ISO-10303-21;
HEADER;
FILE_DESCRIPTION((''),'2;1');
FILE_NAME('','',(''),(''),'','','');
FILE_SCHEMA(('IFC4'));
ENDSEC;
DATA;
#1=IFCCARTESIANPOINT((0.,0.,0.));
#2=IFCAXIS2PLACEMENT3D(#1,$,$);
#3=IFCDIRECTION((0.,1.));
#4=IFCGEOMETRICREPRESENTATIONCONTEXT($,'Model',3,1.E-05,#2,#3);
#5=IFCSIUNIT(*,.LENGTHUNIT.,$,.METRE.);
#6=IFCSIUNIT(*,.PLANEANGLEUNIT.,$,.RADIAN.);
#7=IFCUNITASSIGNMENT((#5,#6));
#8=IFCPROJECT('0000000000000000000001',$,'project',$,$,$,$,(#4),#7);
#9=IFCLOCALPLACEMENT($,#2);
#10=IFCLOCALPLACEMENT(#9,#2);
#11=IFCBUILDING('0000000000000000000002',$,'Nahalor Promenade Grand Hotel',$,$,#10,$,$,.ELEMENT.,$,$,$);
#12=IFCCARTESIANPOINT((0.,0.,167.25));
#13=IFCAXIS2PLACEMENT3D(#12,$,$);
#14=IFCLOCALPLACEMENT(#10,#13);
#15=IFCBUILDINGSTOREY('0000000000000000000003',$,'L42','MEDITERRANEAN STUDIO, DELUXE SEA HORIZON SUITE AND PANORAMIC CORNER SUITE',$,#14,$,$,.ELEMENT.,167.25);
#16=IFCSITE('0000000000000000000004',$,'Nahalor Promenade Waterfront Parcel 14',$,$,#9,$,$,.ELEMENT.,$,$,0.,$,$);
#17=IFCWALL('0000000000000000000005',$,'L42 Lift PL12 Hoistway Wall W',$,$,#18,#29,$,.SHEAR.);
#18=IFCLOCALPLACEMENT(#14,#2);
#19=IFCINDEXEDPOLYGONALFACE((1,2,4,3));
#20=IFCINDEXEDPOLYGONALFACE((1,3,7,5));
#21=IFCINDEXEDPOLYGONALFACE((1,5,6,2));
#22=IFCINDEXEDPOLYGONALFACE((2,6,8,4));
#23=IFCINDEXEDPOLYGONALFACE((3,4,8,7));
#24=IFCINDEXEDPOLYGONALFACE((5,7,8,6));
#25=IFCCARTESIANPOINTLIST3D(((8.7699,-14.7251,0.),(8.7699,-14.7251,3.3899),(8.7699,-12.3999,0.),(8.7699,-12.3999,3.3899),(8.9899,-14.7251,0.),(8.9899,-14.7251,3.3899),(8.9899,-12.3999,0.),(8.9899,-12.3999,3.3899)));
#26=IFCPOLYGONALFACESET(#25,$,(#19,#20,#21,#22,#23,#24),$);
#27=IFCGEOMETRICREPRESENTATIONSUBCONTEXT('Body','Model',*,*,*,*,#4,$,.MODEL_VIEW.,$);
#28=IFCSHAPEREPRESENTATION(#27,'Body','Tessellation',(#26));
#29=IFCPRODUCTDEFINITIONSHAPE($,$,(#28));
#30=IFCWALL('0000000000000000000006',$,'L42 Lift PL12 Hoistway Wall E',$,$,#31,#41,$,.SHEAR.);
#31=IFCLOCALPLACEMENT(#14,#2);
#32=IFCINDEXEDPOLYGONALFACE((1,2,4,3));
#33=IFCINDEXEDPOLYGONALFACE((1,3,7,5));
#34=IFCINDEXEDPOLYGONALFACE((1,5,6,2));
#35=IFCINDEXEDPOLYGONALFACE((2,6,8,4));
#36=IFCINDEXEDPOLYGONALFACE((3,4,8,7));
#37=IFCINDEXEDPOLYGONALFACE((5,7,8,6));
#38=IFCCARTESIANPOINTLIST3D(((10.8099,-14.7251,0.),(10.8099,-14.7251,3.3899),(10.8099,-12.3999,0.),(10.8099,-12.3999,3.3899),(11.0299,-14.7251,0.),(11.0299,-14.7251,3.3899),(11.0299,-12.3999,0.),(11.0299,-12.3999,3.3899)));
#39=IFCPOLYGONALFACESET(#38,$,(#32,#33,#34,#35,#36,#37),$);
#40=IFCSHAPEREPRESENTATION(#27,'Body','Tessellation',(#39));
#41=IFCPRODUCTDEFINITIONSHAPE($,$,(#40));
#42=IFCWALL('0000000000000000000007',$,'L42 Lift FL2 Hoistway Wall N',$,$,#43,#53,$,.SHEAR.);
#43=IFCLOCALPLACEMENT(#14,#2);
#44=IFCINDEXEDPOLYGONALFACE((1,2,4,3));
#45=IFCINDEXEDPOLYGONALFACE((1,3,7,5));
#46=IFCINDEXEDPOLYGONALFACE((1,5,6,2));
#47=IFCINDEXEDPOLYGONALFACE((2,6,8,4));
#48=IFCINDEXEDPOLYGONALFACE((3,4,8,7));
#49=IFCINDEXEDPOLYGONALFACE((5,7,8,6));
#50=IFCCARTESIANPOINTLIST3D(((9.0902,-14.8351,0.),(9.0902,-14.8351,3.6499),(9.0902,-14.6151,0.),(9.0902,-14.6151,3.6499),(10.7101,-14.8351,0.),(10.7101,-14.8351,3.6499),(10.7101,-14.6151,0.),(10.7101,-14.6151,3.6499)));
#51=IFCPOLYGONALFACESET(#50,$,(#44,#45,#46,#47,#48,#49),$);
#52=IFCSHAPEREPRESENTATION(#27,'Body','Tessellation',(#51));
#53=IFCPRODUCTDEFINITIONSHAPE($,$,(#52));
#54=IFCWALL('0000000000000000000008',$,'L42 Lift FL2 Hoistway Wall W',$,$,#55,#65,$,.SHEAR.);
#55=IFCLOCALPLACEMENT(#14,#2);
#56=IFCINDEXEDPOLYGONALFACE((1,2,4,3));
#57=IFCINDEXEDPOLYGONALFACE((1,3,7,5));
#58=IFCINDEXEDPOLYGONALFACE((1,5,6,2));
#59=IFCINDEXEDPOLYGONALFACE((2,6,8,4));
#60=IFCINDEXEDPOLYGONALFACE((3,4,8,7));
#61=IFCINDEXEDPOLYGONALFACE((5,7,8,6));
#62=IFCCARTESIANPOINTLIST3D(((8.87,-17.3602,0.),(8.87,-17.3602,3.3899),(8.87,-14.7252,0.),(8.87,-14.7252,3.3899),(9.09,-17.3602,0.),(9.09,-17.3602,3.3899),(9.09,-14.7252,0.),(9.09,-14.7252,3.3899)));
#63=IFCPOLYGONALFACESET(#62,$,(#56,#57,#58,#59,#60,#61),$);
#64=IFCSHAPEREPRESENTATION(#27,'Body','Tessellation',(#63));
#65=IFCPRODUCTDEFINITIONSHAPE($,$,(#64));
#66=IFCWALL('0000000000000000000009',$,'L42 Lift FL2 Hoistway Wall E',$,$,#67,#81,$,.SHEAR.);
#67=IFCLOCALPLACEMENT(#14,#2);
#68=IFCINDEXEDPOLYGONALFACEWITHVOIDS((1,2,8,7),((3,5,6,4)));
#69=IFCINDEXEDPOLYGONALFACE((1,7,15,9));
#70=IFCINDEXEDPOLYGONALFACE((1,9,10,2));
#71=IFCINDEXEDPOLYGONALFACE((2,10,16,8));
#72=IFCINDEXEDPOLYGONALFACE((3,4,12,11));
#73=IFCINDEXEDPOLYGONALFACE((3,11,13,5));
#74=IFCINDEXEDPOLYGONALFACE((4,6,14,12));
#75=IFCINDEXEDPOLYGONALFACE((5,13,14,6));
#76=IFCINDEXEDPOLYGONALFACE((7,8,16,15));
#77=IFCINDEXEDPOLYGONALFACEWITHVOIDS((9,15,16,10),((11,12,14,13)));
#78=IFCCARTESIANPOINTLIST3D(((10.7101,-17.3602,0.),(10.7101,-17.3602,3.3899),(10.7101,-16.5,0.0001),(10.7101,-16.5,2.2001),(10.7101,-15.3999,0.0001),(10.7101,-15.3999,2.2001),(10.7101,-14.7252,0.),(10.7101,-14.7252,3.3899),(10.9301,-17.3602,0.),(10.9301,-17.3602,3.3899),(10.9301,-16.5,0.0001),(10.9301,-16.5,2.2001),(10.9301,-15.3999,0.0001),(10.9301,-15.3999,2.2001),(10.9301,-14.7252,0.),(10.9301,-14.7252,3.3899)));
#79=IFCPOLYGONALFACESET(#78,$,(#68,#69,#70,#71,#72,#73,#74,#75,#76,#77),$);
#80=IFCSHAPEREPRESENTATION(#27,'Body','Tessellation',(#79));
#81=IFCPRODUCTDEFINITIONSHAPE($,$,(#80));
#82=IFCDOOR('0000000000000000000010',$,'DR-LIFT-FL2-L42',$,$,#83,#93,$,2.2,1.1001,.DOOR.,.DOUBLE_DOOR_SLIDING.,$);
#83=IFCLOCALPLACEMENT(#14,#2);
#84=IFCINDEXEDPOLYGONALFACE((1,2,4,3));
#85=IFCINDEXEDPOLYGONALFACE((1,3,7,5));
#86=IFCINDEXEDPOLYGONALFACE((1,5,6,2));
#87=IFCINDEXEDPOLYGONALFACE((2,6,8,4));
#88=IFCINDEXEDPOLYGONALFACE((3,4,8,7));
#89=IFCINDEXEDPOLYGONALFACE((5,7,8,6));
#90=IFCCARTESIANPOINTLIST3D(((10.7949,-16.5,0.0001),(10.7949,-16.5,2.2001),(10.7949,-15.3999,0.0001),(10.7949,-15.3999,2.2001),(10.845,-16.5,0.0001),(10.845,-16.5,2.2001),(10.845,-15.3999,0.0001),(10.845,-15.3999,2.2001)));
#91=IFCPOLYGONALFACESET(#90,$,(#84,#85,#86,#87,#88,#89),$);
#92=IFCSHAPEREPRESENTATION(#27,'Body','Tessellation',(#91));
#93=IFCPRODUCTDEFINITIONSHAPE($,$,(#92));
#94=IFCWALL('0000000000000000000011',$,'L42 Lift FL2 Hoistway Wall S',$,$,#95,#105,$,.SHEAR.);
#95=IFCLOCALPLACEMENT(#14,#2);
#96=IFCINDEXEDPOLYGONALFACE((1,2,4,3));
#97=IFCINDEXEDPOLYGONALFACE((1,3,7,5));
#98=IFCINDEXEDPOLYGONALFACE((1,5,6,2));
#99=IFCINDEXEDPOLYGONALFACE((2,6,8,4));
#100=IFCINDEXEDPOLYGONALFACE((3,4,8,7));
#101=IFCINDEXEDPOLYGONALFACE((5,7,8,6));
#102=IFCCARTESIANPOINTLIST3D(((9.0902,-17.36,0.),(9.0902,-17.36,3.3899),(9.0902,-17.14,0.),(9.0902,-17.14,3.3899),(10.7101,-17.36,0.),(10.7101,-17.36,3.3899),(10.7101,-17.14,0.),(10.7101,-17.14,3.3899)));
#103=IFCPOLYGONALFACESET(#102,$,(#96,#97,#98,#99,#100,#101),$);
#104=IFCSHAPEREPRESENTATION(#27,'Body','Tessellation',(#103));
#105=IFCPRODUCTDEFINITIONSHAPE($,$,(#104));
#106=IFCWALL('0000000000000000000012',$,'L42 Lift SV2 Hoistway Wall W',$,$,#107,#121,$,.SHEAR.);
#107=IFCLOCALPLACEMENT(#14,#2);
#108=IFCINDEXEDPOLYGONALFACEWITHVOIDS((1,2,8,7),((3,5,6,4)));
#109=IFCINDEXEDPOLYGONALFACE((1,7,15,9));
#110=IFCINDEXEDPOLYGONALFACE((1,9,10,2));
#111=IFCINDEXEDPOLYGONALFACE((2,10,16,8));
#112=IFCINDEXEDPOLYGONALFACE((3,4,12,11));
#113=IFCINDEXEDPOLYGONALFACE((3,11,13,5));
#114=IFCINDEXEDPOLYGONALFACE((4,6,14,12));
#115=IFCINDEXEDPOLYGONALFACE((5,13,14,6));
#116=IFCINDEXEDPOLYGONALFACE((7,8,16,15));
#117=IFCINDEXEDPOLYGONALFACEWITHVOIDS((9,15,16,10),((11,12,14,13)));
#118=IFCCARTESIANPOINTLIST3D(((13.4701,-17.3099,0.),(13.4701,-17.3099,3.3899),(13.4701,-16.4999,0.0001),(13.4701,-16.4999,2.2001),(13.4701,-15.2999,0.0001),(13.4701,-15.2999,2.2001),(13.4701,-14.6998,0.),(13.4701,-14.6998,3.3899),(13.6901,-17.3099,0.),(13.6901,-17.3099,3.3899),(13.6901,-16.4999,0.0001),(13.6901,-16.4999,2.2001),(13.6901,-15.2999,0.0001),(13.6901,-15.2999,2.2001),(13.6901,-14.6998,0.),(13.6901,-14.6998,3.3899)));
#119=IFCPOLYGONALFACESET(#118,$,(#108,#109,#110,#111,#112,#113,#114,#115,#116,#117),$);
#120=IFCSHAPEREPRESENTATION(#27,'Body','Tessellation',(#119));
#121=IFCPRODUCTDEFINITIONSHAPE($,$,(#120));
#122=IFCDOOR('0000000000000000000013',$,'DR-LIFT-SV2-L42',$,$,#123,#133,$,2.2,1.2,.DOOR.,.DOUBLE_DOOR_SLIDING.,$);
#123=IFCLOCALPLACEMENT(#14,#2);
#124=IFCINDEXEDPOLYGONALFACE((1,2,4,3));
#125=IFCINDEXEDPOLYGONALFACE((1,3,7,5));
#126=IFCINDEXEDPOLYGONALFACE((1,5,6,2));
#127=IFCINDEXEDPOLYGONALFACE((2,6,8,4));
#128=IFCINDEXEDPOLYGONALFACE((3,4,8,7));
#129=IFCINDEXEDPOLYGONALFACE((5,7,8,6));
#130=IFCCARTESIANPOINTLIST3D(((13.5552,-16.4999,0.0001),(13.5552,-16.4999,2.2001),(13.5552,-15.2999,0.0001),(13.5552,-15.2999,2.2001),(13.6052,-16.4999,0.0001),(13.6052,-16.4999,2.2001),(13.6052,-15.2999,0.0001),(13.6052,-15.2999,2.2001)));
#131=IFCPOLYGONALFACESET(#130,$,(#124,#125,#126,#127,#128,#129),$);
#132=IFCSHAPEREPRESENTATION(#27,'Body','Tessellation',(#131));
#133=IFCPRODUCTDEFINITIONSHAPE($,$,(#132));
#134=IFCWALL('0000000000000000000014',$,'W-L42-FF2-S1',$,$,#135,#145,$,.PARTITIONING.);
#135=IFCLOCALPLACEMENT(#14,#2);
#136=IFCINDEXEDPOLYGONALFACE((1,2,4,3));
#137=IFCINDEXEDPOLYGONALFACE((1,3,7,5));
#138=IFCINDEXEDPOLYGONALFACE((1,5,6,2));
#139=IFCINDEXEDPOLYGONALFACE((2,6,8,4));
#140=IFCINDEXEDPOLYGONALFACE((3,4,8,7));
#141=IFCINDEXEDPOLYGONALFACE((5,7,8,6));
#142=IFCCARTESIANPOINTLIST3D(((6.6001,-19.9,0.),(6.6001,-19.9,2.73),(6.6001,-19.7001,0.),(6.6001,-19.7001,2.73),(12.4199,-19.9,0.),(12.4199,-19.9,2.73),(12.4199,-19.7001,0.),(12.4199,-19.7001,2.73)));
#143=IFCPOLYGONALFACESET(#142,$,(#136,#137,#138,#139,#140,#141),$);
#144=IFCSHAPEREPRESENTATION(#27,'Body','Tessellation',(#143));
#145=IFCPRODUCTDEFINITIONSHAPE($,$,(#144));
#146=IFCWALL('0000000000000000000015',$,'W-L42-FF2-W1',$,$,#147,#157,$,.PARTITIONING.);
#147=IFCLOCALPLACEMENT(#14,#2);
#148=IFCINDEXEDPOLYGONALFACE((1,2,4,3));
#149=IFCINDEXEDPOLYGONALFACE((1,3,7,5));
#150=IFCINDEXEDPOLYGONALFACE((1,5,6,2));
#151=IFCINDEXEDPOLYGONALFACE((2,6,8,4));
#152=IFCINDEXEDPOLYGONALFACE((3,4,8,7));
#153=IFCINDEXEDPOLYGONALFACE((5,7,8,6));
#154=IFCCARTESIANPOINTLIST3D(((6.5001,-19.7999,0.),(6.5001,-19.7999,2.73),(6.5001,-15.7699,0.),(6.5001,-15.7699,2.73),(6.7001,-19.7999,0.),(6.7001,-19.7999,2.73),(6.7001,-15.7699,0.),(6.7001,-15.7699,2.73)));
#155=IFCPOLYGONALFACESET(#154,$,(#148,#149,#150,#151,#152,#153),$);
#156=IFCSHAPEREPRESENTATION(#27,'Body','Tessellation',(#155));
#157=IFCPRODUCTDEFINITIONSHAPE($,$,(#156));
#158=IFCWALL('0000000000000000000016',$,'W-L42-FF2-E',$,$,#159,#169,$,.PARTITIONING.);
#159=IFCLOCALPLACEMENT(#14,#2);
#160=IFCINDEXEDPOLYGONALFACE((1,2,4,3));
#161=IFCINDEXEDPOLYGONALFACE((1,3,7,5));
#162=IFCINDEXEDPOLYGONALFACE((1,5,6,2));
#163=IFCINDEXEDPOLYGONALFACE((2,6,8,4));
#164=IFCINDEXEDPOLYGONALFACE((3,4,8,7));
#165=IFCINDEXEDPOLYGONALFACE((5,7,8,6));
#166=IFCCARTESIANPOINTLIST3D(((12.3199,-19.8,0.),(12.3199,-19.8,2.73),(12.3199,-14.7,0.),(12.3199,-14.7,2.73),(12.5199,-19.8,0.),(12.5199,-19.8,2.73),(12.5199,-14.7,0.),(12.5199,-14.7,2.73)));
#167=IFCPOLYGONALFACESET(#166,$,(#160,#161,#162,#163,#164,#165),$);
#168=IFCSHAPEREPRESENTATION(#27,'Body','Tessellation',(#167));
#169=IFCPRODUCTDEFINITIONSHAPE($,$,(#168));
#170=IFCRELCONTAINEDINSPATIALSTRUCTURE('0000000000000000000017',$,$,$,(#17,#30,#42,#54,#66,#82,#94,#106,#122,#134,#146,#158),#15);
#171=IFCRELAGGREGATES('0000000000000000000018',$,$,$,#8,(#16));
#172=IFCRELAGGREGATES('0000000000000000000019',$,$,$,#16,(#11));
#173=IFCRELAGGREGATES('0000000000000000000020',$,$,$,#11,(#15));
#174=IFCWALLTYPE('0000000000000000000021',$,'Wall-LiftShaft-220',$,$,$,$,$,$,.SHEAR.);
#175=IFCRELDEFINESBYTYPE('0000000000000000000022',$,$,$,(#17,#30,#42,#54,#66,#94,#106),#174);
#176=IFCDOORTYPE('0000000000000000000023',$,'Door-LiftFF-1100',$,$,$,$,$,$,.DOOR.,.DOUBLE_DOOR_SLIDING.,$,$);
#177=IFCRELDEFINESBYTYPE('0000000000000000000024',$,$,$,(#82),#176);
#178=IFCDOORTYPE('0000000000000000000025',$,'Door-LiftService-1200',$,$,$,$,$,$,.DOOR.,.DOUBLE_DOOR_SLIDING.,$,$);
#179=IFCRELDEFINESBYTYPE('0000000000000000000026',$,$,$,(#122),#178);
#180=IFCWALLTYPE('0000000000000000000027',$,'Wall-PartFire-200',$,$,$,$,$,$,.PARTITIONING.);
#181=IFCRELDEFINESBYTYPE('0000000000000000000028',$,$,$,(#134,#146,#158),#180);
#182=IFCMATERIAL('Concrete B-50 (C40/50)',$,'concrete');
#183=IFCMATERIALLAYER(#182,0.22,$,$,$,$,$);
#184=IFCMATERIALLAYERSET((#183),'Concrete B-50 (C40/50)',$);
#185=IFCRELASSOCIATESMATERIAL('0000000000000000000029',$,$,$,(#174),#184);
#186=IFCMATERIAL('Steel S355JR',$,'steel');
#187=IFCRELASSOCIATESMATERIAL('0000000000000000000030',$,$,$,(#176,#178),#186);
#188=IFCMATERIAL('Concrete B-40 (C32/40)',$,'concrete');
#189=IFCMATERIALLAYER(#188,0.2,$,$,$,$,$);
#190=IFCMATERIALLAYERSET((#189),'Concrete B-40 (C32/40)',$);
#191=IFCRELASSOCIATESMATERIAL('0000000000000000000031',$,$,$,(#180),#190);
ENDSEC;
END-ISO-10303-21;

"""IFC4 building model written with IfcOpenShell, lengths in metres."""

from ifc_helpers import new_model, si_unit, direction, frame, frame_2d, origin, place, context, subcontext, project, spatial, rectangle, extrude, source, transform, mapped, material, layer, layer_set, type_object, element, fill, save


model = new_model("IFC4")

# Units and contexts
model_context = context("Model", 3, precision=1e-05, world=origin(), true_north=direction((0.0, 1.0)))
body_context = subcontext(model_context, "Body", "Model", "MODEL_VIEW")
ifc_project = project(units=[si_unit("LENGTHUNIT", "METRE"), si_unit("PLANEANGLEUNIT", "RADIAN")], contexts=[model_context])

# Site, building, storey
site_placement = place(None, origin())
site = spatial("IfcSite", under=ifc_project, at=site_placement, Name="Nahalor Promenade Waterfront Parcel 14", CompositionType="ELEMENT", RefElevation=0.0)
building_placement = place(site_placement, origin())
building = spatial("IfcBuilding", under=site, at=building_placement, Name="Nahalor Promenade Grand Hotel", CompositionType="ELEMENT")
storey_placement = place(building_placement, frame((0.0, 0.0, 167.25)))
storey = spatial("IfcBuildingStorey", under=building, at=storey_placement, Name="L42", Description="MEDITERRANEAN STUDIO, DELUXE SEA HORIZON SUITE AND PANORAMIC CORNER SUITE", CompositionType="ELEMENT", Elevation=167.25)

# Shared definitions
ifc_material_1 = material(Name="Steel S355JR", Category="steel")

# Shared definitions
ifc_material_2 = material(Name="Concrete B-50 (C40/50)", Category="concrete")

# Walls
ifc_layer_1 = layer(ifc_material_2, 0.22)
ifc_layer_set_1 = layer_set([ifc_layer_1], Name="Concrete B-50 (C40/50)")
wall_type_1 = type_object("IfcWallType", Name="Wall-LiftShaft-220", PredefinedType="SHEAR", material=ifc_layer_set_1)
shared_shape_1 = source(origin(), body_context, "Body", "SweptSolid", [
    extrude(rectangle(XDim=2.3252, YDim=0.22, at=frame_2d((1.1626, 0.0))), origin(), (0.0, 0.0, 1.0), 3.3899),
])
for number, where, z_axis, x_axis, name in (
    (1, (8.8799, -14.7251, 0.0), (0.0, 0.0, 1.0), (0.0, 1.0, 0.0), "L42 Lift PL12 Hoistway Wall W"),
    (2, (10.9199, -14.7251, 0.0), (0.0, 0.0, 1.0), (0.0, 1.0, 0.0), "L42 Lift PL12 Hoistway Wall E"),
):
    element("IfcWall", number, at=place(storey_placement, frame(where, z_axis=z_axis, x_axis=x_axis)), inside=storey, type_object=wall_type_1, Name=name, PredefinedType="SHEAR", context=body_context, shape_type="MappedRepresentation", body=[
        mapped(shared_shape_1, transform((0.0, 0.0, 0.0), scale=1.0)),
    ])
shared_shape_2 = source(origin(), body_context, "Body", "SweptSolid", [
    extrude(rectangle(XDim=1.6199, YDim=0.22, at=frame_2d((0.8101, 0.0))), origin(), (0.0, 0.0, 1.0), 3.6499),
])
wall_1_placement = place(storey_placement, frame((9.0901, -14.7251, 0.0), z_axis=(0.0, 0.0, 1.0), x_axis=(1.0, 0.0, 0.0)))
element("IfcWall", 3, at=wall_1_placement, inside=storey, type_object=wall_type_1, Name="L42 Lift FL2 Hoistway Wall N", PredefinedType="SHEAR", context=body_context, shape_type="MappedRepresentation", body=[
    mapped(shared_shape_2, transform((0.0, 0.0, 0.0), scale=1.0)),
])
shared_shape_3 = source(origin(), body_context, "Body", "SweptSolid", [
    extrude(rectangle(XDim=2.635, YDim=0.22, at=frame_2d((1.3174, 0.0))), origin(), (0.0, 0.0, 1.0), 3.3899),
])
wall_2_placement = place(storey_placement, frame((8.98, -17.3601, 0.0), z_axis=(0.0, 0.0, 1.0), x_axis=(0.0, 1.0, 0.0)))
element("IfcWall", 4, at=wall_2_placement, inside=storey, type_object=wall_type_1, Name="L42 Lift FL2 Hoistway Wall W", PredefinedType="SHEAR", context=body_context, shape_type="MappedRepresentation", body=[
    mapped(shared_shape_3, transform((0.0, 0.0, 0.0), scale=1.0)),
])

# Wall, opening, door
wall_3_placement = place(storey_placement, frame((10.8201, -17.3601, 0.0), z_axis=(0.0, 0.0, 1.0), x_axis=(0.0, 1.0, 0.0)))
wall_3 = element("IfcWall", 5, at=wall_3_placement, inside=storey, type_object=wall_type_1, Name="L42 Lift FL2 Hoistway Wall E", PredefinedType="SHEAR", context=body_context, shape_type="MappedRepresentation", body=[
    mapped(shared_shape_3, transform((0.0, 0.0, 0.0), scale=1.0)),
])
opening_1_placement = place(wall_3_placement, frame((0.8601, 0.0, 0.0)))
opening_1 = element("IfcOpeningElement", 6, at=opening_1_placement, cuts=wall_3, PredefinedType="OPENING", context=body_context, shape_type="SweptSolid", body=[
    extrude(rectangle(XDim=1.1001, YDim=2.2, at=frame_2d((0.55, 1.1001))), frame((0.0, 0.1199, 0.0), z_axis=(0.0, -1.0, 0.0), x_axis=(1.0, 0.0, 0.0)), (0.0, 0.0, 1.0), 0.24),
])
door_type_1 = type_object("IfcDoorType", Name="Door-LiftFF-1100", OperationType="DOUBLE_DOOR_SLIDING", PredefinedType="DOOR", material=ifc_material_1)
shared_shape_4 = source(origin(), body_context, "Body", "SweptSolid", [
    extrude(rectangle(XDim=1.1001, YDim=2.2, at=frame_2d((0.55, 1.1001))), frame((0.0, 0.0249, 0.0), z_axis=(0.0, -1.0, 0.0), x_axis=(1.0, 0.0, 0.0)), (0.0, 0.0, 1.0), 0.05),
])
door_1_placement = place(opening_1_placement, frame((1.1001, 0.0, 0.0), z_axis=(0.0, 0.0, 1.0), x_axis=(-1.0, 0.0, 0.0)))
door_1 = element("IfcDoor", 7, at=door_1_placement, inside=storey, type_object=door_type_1, Name="DR-LIFT-FL2-L42", OperationType="DOUBLE_DOOR_SLIDING", OverallHeight=2.2, OverallWidth=1.1001, PredefinedType="DOOR", context=body_context, shape_type="MappedRepresentation", body=[
    mapped(shared_shape_4, transform((0.0, 0.0, 0.0), scale=1.0)),
])
fill(opening_1, door_1)

# Wall
shared_shape_5 = source(origin(), body_context, "Body", "SweptSolid", [
    extrude(rectangle(XDim=1.6199, YDim=0.22, at=frame_2d((0.8101, 0.0))), origin(), (0.0, 0.0, 1.0), 3.3899),
])
wall_4_placement = place(storey_placement, frame((9.0901, -17.25, 0.0), z_axis=(0.0, 0.0, 1.0), x_axis=(1.0, 0.0, 0.0)))
element("IfcWall", 8, at=wall_4_placement, inside=storey, type_object=wall_type_1, Name="L42 Lift FL2 Hoistway Wall S", PredefinedType="SHEAR", context=body_context, shape_type="MappedRepresentation", body=[
    mapped(shared_shape_5, transform((0.0, 0.0, 0.0), scale=1.0)),
])

# Wall, opening, door
shared_shape_6 = source(origin(), body_context, "Body", "SweptSolid", [
    extrude(rectangle(XDim=2.6101, YDim=0.22, at=frame_2d((1.3052, 0.0))), origin(), (0.0, 0.0, 1.0), 3.3899),
])
wall_5_placement = place(storey_placement, frame((13.5801, -17.3101, 0.0), z_axis=(0.0, 0.0, 1.0), x_axis=(0.0, 1.0, 0.0)))
wall_5 = element("IfcWall", 9, at=wall_5_placement, inside=storey, type_object=wall_type_1, Name="L42 Lift SV2 Hoistway Wall W", PredefinedType="SHEAR", context=body_context, shape_type="MappedRepresentation", body=[
    mapped(shared_shape_6, transform((0.0, 0.0, 0.0), scale=1.0)),
])
opening_2_placement = place(wall_5_placement, frame((0.8101, 0.0, 0.0)))
opening_2 = element("IfcOpeningElement", 10, at=opening_2_placement, cuts=wall_5, PredefinedType="OPENING", context=body_context, shape_type="SweptSolid", body=[
    extrude(rectangle(XDim=1.2, YDim=2.2, at=frame_2d((0.6001, 1.1001))), frame((0.0, 0.1199, 0.0), z_axis=(0.0, -1.0, 0.0), x_axis=(1.0, 0.0, 0.0)), (0.0, 0.0, 1.0), 0.24),
])
door_type_2 = type_object("IfcDoorType", Name="Door-LiftService-1200", OperationType="DOUBLE_DOOR_SLIDING", PredefinedType="DOOR", material=ifc_material_1)
shared_shape_7 = source(origin(), body_context, "Body", "SweptSolid", [
    extrude(rectangle(XDim=1.2, YDim=2.2, at=frame_2d((0.6001, 1.1001))), frame((0.0, 0.0249, 0.0), z_axis=(0.0, -1.0, 0.0), x_axis=(1.0, 0.0, 0.0)), (0.0, 0.0, 1.0), 0.05),
])
door_2_placement = place(opening_2_placement, origin())
door_2 = element("IfcDoor", 11, at=door_2_placement, inside=storey, type_object=door_type_2, Name="DR-LIFT-SV2-L42", OperationType="DOUBLE_DOOR_SLIDING", OverallHeight=2.2, OverallWidth=1.2, PredefinedType="DOOR", context=body_context, shape_type="MappedRepresentation", body=[
    mapped(shared_shape_7, transform((0.0, 0.0, 0.0), scale=1.0)),
])
fill(opening_2, door_2)

# Walls
ifc_material_3 = material(Name="Concrete B-40 (C32/40)", Category="concrete")
ifc_layer_2 = layer(ifc_material_3, 0.2)
ifc_layer_set_2 = layer_set([ifc_layer_2], Name="Concrete B-40 (C32/40)")
wall_type_2 = type_object("IfcWallType", Name="Wall-PartFire-200", PredefinedType="PARTITIONING", material=ifc_layer_set_2)
shared_shape_8 = source(origin(), body_context, "Body", "SweptSolid", [
    extrude(rectangle(XDim=5.8198, YDim=0.2, at=frame_2d((2.9099, 0.0))), origin(), (0.0, 0.0, 1.0), 2.73),
])
wall_6_placement = place(storey_placement, frame((6.6001, -19.8, 0.0), z_axis=(0.0, 0.0, 1.0), x_axis=(1.0, 0.0, 0.0)))
element("IfcWall", 12, at=wall_6_placement, inside=storey, type_object=wall_type_2, Name="W-L42-FF2-S1", PredefinedType="PARTITIONING", context=body_context, shape_type="MappedRepresentation", body=[
    mapped(shared_shape_8, transform((0.0, 0.0, 0.0), scale=1.0)),
])
shared_shape_9 = source(origin(), body_context, "Body", "SweptSolid", [
    extrude(rectangle(XDim=4.03, YDim=0.2, at=frame_2d((2.0151, 0.0))), origin(), (0.0, 0.0, 1.0), 2.73),
])
wall_7_placement = place(storey_placement, frame((6.6001, -19.8, 0.0), z_axis=(0.0, 0.0, 1.0), x_axis=(0.0, 1.0, 0.0)))
element("IfcWall", 13, at=wall_7_placement, inside=storey, type_object=wall_type_2, Name="W-L42-FF2-W1", PredefinedType="PARTITIONING", context=body_context, shape_type="MappedRepresentation", body=[
    mapped(shared_shape_9, transform((0.0, 0.0, 0.0), scale=1.0)),
])
shared_shape_10 = source(origin(), body_context, "Body", "SweptSolid", [
    extrude(rectangle(XDim=5.1001, YDim=0.2, at=frame_2d((2.55, 0.0))), origin(), (0.0, 0.0, 1.0), 2.73),
])
wall_8_placement = place(storey_placement, frame((12.4199, -19.8, 0.0), z_axis=(0.0, 0.0, 1.0), x_axis=(0.0, 1.0, 0.0)))
element("IfcWall", 14, at=wall_8_placement, inside=storey, type_object=wall_type_2, Name="W-L42-FF2-E", PredefinedType="PARTITIONING", context=body_context, shape_type="MappedRepresentation", body=[
    mapped(shared_shape_10, transform((0.0, 0.0, 0.0), scale=1.0)),
])

save(model, "model.ifc")
